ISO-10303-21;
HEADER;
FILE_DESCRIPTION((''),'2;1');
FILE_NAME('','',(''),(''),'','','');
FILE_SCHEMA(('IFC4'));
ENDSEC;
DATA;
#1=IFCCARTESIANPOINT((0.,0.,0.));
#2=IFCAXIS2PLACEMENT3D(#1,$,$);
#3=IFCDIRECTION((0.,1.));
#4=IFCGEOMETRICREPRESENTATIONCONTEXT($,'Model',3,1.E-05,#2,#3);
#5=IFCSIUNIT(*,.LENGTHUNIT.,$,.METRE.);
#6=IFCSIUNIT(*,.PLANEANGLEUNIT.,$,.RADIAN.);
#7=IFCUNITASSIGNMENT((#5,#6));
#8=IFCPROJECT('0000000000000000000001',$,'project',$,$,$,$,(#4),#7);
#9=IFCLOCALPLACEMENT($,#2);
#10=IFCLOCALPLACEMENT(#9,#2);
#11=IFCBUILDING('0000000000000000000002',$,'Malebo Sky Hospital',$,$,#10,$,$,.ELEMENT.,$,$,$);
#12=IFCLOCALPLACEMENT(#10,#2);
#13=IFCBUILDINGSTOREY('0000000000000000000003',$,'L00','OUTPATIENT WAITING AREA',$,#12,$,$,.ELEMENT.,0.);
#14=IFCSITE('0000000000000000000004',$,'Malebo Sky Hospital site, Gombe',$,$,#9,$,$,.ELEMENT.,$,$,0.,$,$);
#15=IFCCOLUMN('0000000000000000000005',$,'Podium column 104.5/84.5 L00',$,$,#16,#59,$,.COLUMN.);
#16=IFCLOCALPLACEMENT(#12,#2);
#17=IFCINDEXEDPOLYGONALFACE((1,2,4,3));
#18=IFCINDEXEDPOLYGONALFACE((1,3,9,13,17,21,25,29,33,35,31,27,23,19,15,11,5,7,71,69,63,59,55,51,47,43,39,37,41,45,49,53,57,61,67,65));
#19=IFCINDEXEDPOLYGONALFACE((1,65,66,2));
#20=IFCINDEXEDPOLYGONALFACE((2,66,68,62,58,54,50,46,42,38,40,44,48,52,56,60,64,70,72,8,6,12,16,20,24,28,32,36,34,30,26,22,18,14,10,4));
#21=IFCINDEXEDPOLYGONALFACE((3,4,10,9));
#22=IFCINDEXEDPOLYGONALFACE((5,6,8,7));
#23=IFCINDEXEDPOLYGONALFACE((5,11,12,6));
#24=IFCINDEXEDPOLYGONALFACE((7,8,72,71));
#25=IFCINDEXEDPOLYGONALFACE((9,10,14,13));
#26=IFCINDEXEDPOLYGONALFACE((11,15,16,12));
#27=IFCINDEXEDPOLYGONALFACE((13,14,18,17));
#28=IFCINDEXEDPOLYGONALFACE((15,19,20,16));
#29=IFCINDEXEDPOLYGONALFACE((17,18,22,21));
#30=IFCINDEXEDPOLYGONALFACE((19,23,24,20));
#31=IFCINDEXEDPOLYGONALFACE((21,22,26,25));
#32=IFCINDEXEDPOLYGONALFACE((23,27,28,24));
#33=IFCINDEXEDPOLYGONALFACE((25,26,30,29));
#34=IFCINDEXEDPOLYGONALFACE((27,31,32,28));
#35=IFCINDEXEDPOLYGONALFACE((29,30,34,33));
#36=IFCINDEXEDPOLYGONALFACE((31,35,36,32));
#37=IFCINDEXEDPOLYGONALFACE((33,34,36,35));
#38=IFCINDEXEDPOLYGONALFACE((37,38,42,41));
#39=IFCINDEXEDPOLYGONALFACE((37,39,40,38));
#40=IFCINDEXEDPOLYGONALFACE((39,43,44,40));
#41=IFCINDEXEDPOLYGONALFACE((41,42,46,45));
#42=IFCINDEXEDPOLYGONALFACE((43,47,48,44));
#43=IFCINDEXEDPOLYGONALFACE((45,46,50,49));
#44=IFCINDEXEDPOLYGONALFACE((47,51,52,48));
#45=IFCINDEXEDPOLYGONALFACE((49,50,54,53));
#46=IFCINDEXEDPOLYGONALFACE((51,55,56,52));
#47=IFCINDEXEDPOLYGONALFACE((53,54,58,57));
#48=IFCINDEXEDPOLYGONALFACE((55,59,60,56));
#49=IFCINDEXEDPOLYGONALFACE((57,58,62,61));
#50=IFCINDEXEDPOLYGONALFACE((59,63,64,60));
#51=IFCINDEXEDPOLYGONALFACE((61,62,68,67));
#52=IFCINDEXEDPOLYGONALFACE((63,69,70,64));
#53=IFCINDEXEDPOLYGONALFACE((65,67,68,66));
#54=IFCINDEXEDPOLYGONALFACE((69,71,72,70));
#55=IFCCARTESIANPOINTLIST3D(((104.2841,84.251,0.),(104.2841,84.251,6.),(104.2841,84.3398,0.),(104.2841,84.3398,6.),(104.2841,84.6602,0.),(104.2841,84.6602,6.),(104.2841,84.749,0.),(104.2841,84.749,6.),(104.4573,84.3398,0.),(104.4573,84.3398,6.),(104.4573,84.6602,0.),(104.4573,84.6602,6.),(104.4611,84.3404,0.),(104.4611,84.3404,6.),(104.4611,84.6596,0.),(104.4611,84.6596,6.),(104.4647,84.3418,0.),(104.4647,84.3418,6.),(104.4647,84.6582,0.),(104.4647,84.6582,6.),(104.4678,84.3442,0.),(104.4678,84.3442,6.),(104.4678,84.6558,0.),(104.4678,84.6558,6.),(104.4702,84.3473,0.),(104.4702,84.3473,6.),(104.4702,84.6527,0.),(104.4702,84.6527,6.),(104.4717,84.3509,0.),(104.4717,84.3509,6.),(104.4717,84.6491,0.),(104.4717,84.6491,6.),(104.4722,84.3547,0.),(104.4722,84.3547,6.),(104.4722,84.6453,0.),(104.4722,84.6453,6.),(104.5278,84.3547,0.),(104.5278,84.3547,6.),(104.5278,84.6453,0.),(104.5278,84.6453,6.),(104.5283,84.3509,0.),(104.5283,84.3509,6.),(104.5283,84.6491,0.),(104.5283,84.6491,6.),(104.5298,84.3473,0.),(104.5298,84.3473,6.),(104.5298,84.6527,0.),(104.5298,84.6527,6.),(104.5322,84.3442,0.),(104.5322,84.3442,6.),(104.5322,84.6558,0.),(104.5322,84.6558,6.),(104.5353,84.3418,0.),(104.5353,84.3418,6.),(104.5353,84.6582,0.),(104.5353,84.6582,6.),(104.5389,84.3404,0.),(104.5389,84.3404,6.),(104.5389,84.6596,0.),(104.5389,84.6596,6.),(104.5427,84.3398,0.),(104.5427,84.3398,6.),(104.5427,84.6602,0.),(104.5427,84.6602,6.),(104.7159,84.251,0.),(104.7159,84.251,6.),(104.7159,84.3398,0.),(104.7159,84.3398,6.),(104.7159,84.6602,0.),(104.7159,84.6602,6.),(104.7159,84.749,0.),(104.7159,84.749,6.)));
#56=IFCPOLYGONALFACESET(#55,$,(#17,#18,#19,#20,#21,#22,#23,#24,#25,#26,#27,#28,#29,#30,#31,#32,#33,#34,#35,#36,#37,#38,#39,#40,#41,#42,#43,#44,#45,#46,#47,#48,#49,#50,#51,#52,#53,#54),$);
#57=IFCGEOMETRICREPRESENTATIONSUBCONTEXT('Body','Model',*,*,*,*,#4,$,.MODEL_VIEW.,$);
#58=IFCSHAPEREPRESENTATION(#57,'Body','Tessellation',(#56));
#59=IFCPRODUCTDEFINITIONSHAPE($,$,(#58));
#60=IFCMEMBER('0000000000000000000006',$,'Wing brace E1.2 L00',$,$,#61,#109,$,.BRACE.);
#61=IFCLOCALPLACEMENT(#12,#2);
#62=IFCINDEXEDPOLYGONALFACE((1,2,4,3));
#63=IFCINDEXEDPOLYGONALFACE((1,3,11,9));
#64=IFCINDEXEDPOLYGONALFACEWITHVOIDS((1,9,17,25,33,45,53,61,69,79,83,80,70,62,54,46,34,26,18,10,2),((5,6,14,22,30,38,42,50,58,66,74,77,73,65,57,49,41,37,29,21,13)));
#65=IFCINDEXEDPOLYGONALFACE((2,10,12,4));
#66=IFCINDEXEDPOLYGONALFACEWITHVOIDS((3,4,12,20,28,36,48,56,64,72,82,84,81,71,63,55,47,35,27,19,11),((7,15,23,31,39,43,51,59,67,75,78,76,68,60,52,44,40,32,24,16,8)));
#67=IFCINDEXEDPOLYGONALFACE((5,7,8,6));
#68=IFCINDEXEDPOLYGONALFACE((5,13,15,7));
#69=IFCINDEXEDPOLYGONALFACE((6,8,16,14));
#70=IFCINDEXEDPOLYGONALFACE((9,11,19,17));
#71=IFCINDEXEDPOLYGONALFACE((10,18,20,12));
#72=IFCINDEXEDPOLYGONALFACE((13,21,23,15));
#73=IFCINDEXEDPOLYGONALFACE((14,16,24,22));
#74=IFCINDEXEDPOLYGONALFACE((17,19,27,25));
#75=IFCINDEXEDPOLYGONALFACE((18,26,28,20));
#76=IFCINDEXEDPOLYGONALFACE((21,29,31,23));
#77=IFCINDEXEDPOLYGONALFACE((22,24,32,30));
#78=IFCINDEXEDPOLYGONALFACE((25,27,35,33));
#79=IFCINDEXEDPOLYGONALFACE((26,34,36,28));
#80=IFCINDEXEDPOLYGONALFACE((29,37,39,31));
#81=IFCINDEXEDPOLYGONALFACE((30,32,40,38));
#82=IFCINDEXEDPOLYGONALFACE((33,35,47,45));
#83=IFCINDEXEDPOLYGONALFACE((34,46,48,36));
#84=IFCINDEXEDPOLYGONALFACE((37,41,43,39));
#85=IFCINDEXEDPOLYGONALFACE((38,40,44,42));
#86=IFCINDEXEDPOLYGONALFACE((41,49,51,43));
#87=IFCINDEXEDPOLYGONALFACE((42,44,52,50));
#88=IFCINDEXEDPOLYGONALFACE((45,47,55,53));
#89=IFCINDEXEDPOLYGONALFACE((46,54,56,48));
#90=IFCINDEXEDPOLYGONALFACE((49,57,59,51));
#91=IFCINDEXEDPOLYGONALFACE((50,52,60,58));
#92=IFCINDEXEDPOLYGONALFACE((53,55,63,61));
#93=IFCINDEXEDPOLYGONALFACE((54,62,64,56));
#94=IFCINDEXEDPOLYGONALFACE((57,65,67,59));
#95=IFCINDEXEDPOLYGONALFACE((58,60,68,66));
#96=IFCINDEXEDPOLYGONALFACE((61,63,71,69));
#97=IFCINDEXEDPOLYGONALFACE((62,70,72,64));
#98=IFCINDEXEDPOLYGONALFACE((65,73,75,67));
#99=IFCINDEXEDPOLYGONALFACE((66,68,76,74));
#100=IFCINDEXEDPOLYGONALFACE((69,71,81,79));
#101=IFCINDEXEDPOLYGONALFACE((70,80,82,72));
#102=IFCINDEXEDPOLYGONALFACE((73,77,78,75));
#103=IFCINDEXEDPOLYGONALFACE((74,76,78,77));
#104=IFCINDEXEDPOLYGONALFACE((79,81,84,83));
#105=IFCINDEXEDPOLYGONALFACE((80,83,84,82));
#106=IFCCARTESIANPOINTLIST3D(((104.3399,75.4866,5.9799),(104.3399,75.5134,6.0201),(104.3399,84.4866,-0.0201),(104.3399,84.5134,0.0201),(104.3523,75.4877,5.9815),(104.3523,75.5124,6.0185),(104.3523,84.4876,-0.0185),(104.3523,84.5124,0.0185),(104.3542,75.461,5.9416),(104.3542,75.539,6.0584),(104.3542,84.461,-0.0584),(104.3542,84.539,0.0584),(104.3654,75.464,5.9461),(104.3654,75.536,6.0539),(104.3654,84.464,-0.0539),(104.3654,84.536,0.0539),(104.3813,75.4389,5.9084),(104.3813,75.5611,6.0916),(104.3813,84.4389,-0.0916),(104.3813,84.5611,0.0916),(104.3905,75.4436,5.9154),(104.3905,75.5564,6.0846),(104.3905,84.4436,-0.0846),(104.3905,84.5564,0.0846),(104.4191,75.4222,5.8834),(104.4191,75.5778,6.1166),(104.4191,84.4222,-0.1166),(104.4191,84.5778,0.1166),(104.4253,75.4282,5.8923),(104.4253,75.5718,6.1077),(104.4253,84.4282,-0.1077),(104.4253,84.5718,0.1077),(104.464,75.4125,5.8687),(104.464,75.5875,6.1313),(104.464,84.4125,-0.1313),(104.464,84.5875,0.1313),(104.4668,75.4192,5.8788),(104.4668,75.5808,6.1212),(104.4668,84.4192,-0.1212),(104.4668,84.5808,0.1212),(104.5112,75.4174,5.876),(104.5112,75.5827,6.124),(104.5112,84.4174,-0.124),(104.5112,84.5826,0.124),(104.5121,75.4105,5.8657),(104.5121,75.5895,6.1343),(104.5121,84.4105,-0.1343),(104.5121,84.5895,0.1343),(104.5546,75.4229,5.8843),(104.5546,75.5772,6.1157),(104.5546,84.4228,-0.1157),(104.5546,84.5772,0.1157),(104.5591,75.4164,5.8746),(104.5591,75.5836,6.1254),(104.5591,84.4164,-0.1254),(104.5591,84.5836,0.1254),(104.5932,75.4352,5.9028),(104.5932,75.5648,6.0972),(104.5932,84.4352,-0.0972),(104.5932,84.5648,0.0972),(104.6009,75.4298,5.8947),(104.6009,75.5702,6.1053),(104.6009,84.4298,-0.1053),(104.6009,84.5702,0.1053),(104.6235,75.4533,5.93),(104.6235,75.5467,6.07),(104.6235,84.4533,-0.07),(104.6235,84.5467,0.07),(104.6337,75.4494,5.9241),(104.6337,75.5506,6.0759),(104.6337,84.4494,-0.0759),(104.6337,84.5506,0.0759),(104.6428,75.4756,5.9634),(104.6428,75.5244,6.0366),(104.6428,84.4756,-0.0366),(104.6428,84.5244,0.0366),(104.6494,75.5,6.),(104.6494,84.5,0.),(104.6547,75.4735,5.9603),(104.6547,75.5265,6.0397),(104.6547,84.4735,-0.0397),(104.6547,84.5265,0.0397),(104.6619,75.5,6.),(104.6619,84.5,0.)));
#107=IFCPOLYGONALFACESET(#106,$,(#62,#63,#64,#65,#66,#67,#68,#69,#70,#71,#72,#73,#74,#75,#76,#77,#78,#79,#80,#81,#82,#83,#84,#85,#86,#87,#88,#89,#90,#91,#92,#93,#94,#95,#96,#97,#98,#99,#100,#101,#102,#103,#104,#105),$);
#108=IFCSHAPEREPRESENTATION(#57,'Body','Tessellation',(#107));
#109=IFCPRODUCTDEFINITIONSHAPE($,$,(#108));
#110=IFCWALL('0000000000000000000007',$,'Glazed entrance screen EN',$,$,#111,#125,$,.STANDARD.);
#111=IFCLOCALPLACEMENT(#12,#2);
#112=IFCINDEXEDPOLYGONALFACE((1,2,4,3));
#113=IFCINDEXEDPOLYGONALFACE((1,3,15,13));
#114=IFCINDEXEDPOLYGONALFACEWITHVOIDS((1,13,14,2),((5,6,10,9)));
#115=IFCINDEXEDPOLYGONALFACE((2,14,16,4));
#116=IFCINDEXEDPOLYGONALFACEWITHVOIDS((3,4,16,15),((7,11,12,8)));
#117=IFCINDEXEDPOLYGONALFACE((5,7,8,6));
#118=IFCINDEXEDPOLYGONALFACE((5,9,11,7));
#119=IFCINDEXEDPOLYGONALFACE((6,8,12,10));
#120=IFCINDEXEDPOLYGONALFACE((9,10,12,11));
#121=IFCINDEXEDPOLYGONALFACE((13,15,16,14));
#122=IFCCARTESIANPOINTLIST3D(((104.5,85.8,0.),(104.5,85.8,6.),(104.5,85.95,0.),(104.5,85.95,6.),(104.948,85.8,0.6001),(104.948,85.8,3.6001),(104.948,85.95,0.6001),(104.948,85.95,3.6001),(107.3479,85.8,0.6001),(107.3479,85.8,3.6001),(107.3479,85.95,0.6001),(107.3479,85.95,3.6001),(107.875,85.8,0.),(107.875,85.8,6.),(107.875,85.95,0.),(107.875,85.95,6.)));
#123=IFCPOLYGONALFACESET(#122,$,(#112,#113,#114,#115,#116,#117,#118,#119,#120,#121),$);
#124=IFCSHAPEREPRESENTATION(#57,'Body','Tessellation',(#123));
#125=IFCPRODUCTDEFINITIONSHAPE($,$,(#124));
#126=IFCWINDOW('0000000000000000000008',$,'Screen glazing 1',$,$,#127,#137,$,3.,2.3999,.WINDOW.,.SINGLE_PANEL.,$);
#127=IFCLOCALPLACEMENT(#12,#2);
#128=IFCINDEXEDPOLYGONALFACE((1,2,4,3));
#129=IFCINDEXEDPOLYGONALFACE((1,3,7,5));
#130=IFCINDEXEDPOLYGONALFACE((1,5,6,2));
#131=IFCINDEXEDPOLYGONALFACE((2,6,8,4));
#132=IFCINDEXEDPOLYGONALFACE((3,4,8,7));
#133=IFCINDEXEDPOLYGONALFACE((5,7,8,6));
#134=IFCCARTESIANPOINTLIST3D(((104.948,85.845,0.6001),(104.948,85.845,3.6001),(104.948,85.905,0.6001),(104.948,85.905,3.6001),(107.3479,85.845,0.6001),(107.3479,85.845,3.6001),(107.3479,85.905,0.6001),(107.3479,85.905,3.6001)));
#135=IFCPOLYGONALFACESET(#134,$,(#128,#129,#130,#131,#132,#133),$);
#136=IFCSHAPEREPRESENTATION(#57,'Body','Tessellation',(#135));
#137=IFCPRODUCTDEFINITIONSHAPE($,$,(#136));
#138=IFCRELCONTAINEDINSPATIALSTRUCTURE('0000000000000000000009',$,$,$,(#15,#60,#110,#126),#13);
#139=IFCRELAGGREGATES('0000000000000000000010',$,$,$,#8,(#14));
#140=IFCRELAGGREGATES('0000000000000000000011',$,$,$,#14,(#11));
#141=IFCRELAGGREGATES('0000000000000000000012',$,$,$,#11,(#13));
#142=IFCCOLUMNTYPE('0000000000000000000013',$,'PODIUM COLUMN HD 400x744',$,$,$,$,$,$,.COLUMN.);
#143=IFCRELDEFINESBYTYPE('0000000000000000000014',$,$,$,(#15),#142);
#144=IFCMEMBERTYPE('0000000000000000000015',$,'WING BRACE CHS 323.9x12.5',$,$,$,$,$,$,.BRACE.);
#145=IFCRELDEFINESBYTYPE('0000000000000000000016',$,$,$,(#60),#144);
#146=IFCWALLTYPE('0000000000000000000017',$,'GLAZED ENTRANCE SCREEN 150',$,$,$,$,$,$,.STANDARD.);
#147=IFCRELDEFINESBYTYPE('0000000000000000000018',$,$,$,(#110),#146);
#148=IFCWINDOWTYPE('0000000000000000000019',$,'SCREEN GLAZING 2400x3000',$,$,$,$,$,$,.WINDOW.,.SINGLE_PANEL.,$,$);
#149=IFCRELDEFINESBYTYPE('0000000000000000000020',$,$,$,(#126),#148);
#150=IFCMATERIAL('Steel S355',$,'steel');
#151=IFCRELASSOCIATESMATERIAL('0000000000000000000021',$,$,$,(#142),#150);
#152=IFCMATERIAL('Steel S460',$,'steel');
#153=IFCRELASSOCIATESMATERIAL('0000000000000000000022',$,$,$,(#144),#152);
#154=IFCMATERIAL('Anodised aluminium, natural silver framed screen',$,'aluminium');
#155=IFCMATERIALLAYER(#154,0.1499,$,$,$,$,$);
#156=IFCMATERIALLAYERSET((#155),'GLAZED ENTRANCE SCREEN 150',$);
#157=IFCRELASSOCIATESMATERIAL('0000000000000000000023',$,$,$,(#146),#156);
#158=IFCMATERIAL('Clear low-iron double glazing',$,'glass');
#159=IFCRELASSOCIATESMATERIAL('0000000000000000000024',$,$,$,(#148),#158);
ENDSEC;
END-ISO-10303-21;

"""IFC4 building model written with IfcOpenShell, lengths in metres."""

from ifc_helpers import new_model, si_unit, direction, frame, frame_2d, origin, origin_2d, place, context, subcontext, project, spatial, rectangle, hollow_circle, i_section, extrude, material, layer, layer_set, material_profile, profile_set, type_object, element, fill, save


model = new_model("IFC4")

# Units and contexts
model_context = context("Model", 3, precision=1e-05, world=origin(), true_north=direction((0.0, 1.0)))
body_context = subcontext(model_context, "Body", "Model", "MODEL_VIEW")
ifc_project = project(units=[si_unit("LENGTHUNIT", "METRE"), si_unit("PLANEANGLEUNIT", "RADIAN")], contexts=[model_context])

# Site, building, storey
site_placement = place(None, origin())
site = spatial("IfcSite", under=ifc_project, at=site_placement, Name="Malebo Sky Hospital site, Gombe", CompositionType="ELEMENT", RefElevation=0.0)
building_placement = place(site_placement, origin())
building = spatial("IfcBuilding", under=site, at=building_placement, Name="Malebo Sky Hospital", CompositionType="ELEMENT")
storey_placement = place(building_placement, origin())
storey = spatial("IfcBuildingStorey", under=building, at=storey_placement, Name="L00", Description="OUTPATIENT WAITING AREA", CompositionType="ELEMENT", Elevation=0.0)

# Column
ifc_material_1 = material(Name="Steel S355", Category="steel")
ifc_material_profile_1 = material_profile(ifc_material_1, i_section(OverallWidth=0.4319, OverallDepth=0.498, WebThickness=0.0557, FlangeThickness=0.0889, FilletRadius=0.0149, at=origin_2d()), Name="HD 400x744")
ifc_profile_set_1 = profile_set([ifc_material_profile_1], Name="Steel S355")
column_type = type_object("IfcColumnType", Name="PODIUM COLUMN HD 400x744", PredefinedType="COLUMN", material=ifc_profile_set_1)
column_placement = place(storey_placement, frame((104.5, 84.5, 0.0), z_axis=(0.0, 0.0, 1.0), x_axis=(1.0, 0.0, 0.0)))
element("IfcColumn", 1, at=column_placement, inside=storey, type_object=column_type, Name="Podium column 104.5/84.5 L00", PredefinedType="COLUMN", context=body_context, shape_type="SweptSolid", body=[
    extrude(i_section(OverallWidth=0.4319, OverallDepth=0.498, WebThickness=0.0557, FlangeThickness=0.0889, FilletRadius=0.0149, at=origin_2d()), origin(), (0.0, 0.0, 1.0), 6.0),
])

# Member
ifc_material_2 = material(Name="Steel S460", Category="steel")
ifc_material_profile_2 = material_profile(ifc_material_2, hollow_circle(Radius=0.1619, WallThickness=0.0125, at=origin_2d()), Name="CHS 323.9x12.5")
ifc_profile_set_2 = profile_set([ifc_material_profile_2], Name="Steel S460")
member_type = type_object("IfcMemberType", Name="WING BRACE CHS 323.9x12.5", PredefinedType="BRACE", material=ifc_profile_set_2)
member_placement = place(storey_placement, frame((104.5, 84.5, 0.0), z_axis=(0.0, -0.83205, 0.5547), x_axis=(1.0, 0.0, 0.0)))
element("IfcMember", 2, at=member_placement, inside=storey, type_object=member_type, Name="Wing brace E1.2 L00", PredefinedType="BRACE", context=body_context, shape_type="SweptSolid", body=[
    extrude(hollow_circle(Radius=0.1619, WallThickness=0.0125, at=origin_2d()), origin(), (0.0, 0.0, 1.0), 10.8167),
])

# Wall, opening, window
ifc_material_3 = material(Name="Anodised aluminium, natural silver framed screen", Category="aluminium")
ifc_layer_1 = layer(ifc_material_3, 0.1499)
ifc_layer_set_1 = layer_set([ifc_layer_1], Name="GLAZED ENTRANCE SCREEN 150")
wall_type_1 = type_object("IfcWallType", Name="GLAZED ENTRANCE SCREEN 150", PredefinedType="STANDARD", material=ifc_layer_set_1)
wall_1_placement = place(storey_placement, frame((107.875, 85.875, 0.0), z_axis=(0.0, 0.0, 1.0), x_axis=(-1.0, 0.0, 0.0)))
wall_1 = element("IfcWall", 3, at=wall_1_placement, inside=storey, type_object=wall_type_1, Name="Glazed entrance screen EN", PredefinedType="STANDARD", context=body_context, shape_type="SweptSolid", body=[
    extrude(rectangle(XDim=3.375, YDim=0.1499, at=frame_2d((1.6875, 0.0))), origin(), (0.0, 0.0, 1.0), 6.0),
])
opening_1_placement = place(wall_1_placement, frame((0.5271, 0.0, 0.6001)))
opening_1 = element("IfcOpeningElement", 4, at=opening_1_placement, cuts=wall_1, PredefinedType="OPENING", context=body_context, shape_type="SweptSolid", body=[
    extrude(rectangle(XDim=2.3999, YDim=3.0, at=frame_2d((1.2, 1.5))), frame((0.0, 0.085, 0.0), z_axis=(0.0, -1.0, 0.0), x_axis=(1.0, 0.0, 0.0)), (0.0, 0.0, 1.0), 0.1699),
])
ifc_material_4 = material(Name="Clear low-iron double glazing", Category="glass")
window_type = type_object("IfcWindowType", Name="SCREEN GLAZING 2400x3000", PartitioningType="SINGLE_PANEL", PredefinedType="WINDOW", material=ifc_material_4)
window_1_placement = place(opening_1_placement, origin())
window_1 = element("IfcWindow", 5, at=window_1_placement, inside=storey, type_object=window_type, Name="Screen glazing 1", OverallHeight=3.0, OverallWidth=2.3999, PartitioningType="SINGLE_PANEL", PredefinedType="WINDOW", context=body_context, shape_type="SweptSolid", body=[
    extrude(rectangle(XDim=2.3999, YDim=3.0, at=frame_2d((1.2, 1.5))), frame((0.0, 0.03, 0.0), z_axis=(0.0, -1.0, 0.0), x_axis=(1.0, 0.0, 0.0)), (0.0, 0.0, 1.0), 0.0601),
])
fill(opening_1, window_1)

save(model, "model.ifc")
